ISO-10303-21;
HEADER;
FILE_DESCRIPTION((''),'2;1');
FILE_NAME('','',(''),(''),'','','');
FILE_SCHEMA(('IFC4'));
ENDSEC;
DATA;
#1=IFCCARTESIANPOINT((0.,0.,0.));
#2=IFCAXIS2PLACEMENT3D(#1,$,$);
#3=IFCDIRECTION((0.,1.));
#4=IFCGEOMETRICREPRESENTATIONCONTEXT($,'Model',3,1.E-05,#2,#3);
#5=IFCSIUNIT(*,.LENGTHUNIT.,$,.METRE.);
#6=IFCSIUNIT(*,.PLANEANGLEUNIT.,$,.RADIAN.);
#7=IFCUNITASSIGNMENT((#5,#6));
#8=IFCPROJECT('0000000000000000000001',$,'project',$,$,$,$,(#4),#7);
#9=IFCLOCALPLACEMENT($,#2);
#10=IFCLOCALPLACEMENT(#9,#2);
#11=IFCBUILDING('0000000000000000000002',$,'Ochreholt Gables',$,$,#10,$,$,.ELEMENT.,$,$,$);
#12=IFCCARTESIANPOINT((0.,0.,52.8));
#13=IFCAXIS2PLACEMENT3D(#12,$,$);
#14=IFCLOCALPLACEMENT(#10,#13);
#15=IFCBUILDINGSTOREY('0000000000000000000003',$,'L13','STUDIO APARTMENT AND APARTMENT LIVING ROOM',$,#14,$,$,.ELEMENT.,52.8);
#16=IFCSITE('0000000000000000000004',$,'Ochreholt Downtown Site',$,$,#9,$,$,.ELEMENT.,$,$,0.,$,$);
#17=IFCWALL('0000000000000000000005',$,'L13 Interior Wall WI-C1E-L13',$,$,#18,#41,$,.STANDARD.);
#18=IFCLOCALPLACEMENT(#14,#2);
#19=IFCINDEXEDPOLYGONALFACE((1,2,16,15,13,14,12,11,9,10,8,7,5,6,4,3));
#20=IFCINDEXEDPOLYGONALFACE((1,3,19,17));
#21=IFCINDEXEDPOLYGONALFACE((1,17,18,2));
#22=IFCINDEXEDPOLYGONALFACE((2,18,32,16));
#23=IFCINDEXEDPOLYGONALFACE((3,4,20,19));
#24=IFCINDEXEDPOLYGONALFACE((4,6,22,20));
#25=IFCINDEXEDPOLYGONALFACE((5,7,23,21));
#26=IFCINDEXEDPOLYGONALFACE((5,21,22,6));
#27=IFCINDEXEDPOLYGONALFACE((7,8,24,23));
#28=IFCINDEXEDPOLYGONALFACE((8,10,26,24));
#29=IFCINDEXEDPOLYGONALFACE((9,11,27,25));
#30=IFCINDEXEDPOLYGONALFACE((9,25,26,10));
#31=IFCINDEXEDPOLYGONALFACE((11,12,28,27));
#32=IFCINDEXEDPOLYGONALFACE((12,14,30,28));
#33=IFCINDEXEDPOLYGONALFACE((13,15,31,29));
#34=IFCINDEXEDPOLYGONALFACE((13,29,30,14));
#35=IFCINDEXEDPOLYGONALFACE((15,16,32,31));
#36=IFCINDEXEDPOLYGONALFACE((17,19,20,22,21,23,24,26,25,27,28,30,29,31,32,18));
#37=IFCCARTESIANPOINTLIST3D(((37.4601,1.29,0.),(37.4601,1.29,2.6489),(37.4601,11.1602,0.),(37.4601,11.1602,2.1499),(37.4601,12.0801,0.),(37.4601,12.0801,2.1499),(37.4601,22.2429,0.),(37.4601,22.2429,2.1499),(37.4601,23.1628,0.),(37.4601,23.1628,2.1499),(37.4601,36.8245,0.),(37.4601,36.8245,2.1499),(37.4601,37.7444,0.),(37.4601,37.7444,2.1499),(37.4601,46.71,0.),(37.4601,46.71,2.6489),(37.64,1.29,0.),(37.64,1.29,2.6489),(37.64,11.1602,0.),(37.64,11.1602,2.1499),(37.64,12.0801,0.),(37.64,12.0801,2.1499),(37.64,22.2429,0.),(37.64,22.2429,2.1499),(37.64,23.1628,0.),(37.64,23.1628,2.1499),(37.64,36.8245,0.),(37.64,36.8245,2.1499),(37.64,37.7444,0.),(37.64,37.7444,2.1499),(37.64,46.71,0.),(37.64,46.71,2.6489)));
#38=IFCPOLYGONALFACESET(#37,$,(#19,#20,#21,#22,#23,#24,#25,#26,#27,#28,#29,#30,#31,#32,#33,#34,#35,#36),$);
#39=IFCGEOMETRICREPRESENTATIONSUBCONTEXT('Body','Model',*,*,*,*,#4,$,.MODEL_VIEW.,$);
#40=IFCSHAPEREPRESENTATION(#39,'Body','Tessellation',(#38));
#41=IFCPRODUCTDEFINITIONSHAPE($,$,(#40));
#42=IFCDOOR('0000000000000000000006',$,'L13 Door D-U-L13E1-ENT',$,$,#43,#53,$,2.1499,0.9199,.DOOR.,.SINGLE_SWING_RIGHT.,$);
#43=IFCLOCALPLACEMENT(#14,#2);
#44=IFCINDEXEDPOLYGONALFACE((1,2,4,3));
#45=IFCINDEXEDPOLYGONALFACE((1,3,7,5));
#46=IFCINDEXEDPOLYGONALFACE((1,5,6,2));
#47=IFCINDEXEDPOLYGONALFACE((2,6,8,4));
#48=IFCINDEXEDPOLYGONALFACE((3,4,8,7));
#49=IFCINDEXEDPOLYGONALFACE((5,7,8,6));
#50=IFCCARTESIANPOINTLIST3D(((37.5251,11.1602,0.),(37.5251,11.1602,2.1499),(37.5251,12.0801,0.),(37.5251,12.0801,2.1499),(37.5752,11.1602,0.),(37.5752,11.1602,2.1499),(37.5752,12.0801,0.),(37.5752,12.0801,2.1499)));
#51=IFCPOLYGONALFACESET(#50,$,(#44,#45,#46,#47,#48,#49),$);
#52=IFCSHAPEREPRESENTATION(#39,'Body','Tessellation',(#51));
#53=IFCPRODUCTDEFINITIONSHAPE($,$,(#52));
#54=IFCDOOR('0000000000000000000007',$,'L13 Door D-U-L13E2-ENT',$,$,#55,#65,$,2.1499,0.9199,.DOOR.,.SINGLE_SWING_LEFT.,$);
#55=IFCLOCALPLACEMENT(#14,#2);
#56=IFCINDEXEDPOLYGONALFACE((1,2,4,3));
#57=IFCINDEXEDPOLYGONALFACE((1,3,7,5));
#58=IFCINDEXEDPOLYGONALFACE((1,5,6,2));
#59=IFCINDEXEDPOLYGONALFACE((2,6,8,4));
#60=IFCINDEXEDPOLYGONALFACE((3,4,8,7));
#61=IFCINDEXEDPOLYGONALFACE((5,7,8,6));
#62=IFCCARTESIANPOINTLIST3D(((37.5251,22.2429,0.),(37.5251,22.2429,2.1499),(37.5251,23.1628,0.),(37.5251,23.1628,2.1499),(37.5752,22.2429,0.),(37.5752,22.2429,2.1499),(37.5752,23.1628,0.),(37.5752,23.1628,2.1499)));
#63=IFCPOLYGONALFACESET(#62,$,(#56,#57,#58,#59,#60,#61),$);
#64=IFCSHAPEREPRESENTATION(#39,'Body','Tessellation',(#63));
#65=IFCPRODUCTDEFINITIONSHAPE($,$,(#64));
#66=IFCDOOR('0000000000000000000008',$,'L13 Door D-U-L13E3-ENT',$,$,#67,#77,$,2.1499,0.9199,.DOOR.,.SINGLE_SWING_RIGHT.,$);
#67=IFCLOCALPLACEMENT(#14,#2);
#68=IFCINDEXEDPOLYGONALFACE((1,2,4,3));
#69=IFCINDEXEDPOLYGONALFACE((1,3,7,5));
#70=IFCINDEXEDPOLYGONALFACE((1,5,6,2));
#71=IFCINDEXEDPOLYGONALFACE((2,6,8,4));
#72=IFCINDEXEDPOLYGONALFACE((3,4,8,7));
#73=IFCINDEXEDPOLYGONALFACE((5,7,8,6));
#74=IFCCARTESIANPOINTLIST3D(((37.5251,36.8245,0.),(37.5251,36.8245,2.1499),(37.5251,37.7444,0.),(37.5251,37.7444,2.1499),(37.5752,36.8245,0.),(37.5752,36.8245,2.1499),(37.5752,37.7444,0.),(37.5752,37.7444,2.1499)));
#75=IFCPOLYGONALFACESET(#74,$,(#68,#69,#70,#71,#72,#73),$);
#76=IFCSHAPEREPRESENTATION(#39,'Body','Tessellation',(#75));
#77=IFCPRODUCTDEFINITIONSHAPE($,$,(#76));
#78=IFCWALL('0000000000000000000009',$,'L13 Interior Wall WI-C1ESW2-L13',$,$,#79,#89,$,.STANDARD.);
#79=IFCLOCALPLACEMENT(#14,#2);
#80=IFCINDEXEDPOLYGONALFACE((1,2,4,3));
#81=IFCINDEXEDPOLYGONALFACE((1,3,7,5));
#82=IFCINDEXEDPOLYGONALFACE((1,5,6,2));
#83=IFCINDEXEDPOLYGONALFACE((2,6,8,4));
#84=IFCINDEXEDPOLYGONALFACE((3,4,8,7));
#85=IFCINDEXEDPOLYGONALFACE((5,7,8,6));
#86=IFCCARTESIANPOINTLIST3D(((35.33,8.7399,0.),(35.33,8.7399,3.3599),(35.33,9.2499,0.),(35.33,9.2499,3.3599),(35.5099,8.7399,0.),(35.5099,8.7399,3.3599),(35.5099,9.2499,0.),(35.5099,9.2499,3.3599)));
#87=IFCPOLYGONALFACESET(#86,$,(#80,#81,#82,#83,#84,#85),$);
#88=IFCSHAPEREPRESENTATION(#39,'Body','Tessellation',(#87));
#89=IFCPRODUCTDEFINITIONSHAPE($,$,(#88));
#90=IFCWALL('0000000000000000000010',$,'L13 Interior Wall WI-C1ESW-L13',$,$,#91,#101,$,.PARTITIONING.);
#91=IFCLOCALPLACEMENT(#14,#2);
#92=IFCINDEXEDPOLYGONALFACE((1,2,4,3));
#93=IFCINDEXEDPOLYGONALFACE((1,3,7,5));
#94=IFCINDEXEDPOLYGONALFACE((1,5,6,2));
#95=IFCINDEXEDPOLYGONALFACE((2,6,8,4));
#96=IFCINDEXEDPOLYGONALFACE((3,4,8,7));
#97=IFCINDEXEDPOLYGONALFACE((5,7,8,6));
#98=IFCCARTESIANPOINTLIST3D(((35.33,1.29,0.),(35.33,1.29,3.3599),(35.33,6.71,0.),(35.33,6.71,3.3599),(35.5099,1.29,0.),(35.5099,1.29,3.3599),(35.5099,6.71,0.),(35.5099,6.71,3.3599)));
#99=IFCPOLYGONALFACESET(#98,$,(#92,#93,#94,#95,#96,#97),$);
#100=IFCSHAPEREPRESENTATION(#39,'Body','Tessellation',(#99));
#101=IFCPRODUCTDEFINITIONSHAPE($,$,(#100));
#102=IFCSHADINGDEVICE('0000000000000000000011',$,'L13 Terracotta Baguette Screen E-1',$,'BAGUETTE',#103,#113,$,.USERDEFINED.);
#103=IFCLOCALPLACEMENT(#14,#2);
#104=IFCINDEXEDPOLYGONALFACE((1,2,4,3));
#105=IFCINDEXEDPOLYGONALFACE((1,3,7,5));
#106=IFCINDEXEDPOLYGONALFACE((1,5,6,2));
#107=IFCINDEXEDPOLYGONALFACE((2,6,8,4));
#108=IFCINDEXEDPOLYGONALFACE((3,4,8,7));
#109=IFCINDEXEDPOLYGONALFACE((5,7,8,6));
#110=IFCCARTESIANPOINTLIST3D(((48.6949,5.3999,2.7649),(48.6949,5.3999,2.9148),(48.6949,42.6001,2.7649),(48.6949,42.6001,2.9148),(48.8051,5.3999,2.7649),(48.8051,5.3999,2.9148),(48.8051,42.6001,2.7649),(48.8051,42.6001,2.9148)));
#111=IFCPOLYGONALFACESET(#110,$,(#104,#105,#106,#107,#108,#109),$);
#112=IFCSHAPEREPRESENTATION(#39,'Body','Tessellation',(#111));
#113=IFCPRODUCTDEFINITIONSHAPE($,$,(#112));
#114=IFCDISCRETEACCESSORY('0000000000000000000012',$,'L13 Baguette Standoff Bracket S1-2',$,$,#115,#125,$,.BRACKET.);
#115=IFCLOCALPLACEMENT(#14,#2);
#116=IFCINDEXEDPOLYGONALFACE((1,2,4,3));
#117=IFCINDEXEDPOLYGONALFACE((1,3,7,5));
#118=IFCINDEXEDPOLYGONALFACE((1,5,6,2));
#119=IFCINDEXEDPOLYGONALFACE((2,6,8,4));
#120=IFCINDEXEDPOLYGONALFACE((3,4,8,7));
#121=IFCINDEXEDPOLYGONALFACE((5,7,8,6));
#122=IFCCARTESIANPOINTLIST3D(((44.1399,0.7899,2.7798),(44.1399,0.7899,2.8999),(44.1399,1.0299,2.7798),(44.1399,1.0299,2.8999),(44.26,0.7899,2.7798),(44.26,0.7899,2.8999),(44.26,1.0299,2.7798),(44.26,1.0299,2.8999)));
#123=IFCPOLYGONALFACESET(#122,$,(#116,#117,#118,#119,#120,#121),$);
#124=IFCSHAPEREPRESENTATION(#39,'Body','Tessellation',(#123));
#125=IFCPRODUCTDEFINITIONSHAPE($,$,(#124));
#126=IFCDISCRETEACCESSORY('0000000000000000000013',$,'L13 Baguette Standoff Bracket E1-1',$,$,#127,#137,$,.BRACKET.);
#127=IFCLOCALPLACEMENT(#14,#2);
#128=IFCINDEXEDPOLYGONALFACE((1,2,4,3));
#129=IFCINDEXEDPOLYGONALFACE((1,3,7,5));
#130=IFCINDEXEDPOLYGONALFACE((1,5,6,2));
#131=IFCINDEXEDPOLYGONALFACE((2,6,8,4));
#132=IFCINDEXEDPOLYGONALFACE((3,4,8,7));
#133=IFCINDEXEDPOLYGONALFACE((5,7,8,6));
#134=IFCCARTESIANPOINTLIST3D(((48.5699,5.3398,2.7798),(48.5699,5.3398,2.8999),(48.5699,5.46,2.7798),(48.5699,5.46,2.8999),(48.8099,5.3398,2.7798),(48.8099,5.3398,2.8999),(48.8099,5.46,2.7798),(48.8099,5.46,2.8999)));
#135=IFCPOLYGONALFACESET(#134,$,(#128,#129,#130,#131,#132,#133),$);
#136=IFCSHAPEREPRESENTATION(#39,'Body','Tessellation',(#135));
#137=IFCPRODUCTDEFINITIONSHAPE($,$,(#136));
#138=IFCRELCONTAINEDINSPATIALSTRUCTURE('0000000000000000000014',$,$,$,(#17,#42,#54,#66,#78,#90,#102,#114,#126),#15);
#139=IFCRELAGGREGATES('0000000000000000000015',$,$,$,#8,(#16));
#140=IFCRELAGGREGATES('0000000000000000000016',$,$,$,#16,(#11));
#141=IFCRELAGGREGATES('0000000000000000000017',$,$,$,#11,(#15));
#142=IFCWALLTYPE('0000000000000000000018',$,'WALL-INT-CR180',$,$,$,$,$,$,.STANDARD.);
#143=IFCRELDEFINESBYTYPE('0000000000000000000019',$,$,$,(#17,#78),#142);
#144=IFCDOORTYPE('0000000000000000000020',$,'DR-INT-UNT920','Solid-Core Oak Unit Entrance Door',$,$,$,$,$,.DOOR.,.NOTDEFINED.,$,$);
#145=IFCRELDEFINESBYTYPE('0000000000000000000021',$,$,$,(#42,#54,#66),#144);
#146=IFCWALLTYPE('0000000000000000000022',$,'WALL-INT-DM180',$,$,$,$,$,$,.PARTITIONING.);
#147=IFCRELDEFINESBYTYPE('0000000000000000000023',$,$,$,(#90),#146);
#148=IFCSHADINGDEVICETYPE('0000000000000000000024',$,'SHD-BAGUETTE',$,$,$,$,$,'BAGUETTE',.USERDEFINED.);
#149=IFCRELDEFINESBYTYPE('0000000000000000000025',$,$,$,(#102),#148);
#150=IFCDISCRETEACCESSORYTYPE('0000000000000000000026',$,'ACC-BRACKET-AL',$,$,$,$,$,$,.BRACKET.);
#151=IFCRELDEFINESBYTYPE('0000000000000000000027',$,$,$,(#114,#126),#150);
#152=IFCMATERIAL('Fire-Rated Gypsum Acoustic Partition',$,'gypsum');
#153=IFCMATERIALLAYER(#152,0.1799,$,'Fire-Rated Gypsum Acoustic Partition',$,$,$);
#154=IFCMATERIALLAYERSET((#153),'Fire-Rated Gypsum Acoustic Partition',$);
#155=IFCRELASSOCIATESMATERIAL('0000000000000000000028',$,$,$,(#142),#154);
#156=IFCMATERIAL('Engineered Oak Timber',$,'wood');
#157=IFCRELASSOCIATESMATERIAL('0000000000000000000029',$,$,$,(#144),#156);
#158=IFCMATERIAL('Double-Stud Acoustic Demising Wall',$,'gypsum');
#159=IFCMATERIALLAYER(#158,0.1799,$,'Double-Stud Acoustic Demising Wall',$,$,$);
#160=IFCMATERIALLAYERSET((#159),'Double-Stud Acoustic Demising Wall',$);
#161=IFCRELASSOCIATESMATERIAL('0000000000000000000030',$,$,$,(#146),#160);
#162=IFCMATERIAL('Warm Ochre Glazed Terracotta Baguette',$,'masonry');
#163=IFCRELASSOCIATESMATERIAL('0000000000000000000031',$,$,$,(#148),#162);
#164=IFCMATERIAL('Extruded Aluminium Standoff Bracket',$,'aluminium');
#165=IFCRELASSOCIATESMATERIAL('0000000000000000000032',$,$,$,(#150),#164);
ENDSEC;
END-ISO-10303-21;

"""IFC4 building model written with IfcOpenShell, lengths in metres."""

from ifc_helpers import new_model, si_unit, direction, frame, frame_2d, origin, origin_2d, place, context, subcontext, project, spatial, rectangle, extrude, material, layer, layer_set, material_profile, profile_set, type_object, element, fill, save


model = new_model("IFC4")

# Units and contexts
model_context = context("Model", 3, precision=1e-05, world=origin(), true_north=direction((0.0, 1.0)))
body_context = subcontext(model_context, "Body", "Model", "MODEL_VIEW")
ifc_project = project(units=[si_unit("LENGTHUNIT", "METRE"), si_unit("PLANEANGLEUNIT", "RADIAN")], contexts=[model_context])

# Site, building, storey
site_placement = place(None, origin())
site = spatial("IfcSite", under=ifc_project, at=site_placement, Name="Ochreholt Downtown Site", CompositionType="ELEMENT", RefElevation=0.0)
building_placement = place(site_placement, origin())
building = spatial("IfcBuilding", under=site, at=building_placement, Name="Ochreholt Gables", CompositionType="ELEMENT")
storey_placement = place(building_placement, frame((0.0, 0.0, 52.8)))
storey = spatial("IfcBuildingStorey", under=building, at=storey_placement, Name="L13", Description="STUDIO APARTMENT AND APARTMENT LIVING ROOM", CompositionType="ELEMENT", Elevation=52.8)

# Wall, openings, doors
ifc_material_1 = material(Name="Fire-Rated Gypsum Acoustic Partition", Category="gypsum")
ifc_layer_1 = layer(ifc_material_1, 0.1799, Name="Fire-Rated Gypsum Acoustic Partition")
ifc_layer_set_1 = layer_set([ifc_layer_1], Name="Fire-Rated Gypsum Acoustic Partition")
wall_type_1 = type_object("IfcWallType", Name="WALL-INT-CR180", PredefinedType="STANDARD", material=ifc_layer_set_1)
wall_1_placement = place(storey_placement, frame((37.55, 1.29, 0.0), z_axis=(0.0, 0.0, 1.0), x_axis=(0.0, 1.0, 0.0)))
wall_1 = element("IfcWall", 1, at=wall_1_placement, inside=storey, type_object=wall_type_1, Name="L13 Interior Wall WI-C1E-L13", PredefinedType="STANDARD", context=body_context, shape_type="SweptSolid", body=[
    extrude(rectangle(XDim=45.4199, YDim=0.1799, at=frame_2d((22.71, 0.0))), origin(), (0.0, 0.0, 1.0), 2.6489),
])
opening_1_placement = place(wall_1_placement, frame((9.8701, 0.0, 0.0)))
opening_1 = element("IfcOpeningElement", 2, at=opening_1_placement, cuts=wall_1, PredefinedType="OPENING", context=body_context, shape_type="SweptSolid", body=[
    extrude(rectangle(XDim=0.9199, YDim=2.1499, at=frame_2d((0.46, 1.075))), frame((0.0, 0.0999, 0.0), z_axis=(0.0, -1.0, 0.0), x_axis=(1.0, 0.0, 0.0)), (0.0, 0.0, 1.0), 0.2),
])
opening_2_placement = place(wall_1_placement, frame((20.9529, 0.0, 0.0)))
opening_2 = element("IfcOpeningElement", 3, at=opening_2_placement, cuts=wall_1, PredefinedType="OPENING", context=body_context, shape_type="SweptSolid", body=[
    extrude(rectangle(XDim=0.9199, YDim=2.1499, at=frame_2d((0.46, 1.075))), frame((0.0, 0.0999, 0.0), z_axis=(0.0, -1.0, 0.0), x_axis=(1.0, 0.0, 0.0)), (0.0, 0.0, 1.0), 0.2),
])
opening_3_placement = place(wall_1_placement, frame((35.5344, 0.0, 0.0)))
opening_3 = element("IfcOpeningElement", 4, at=opening_3_placement, cuts=wall_1, PredefinedType="OPENING", context=body_context, shape_type="SweptSolid", body=[
    extrude(rectangle(XDim=0.9199, YDim=2.1499, at=frame_2d((0.46, 1.075))), frame((0.0, 0.0999, 0.0), z_axis=(0.0, -1.0, 0.0), x_axis=(1.0, 0.0, 0.0)), (0.0, 0.0, 1.0), 0.2),
])
ifc_material_2 = material(Name="Engineered Oak Timber", Category="wood")
door_type = type_object("IfcDoorType", Name="DR-INT-UNT920", Description="Solid-Core Oak Unit Entrance Door", OperationType="NOTDEFINED", PredefinedType="DOOR", material=ifc_material_2)
door_1_placement = place(opening_1_placement, origin())
door_1 = element("IfcDoor", 5, at=door_1_placement, inside=storey, type_object=door_type, Name="L13 Door D-U-L13E1-ENT", OperationType="SINGLE_SWING_RIGHT", OverallHeight=2.1499, OverallWidth=0.9199, PredefinedType="DOOR", context=body_context, shape_type="SweptSolid", body=[
    extrude(rectangle(XDim=0.9199, YDim=2.1499, at=frame_2d((0.46, 1.075))), frame((0.0, 0.0249, 0.0), z_axis=(0.0, -1.0, 0.0), x_axis=(1.0, 0.0, 0.0)), (0.0, 0.0, 1.0), 0.05),
])
fill(opening_1, door_1)
door_2_placement = place(opening_2_placement, origin())
door_2 = element("IfcDoor", 6, at=door_2_placement, inside=storey, type_object=door_type, Name="L13 Door D-U-L13E2-ENT", OperationType="SINGLE_SWING_LEFT", OverallHeight=2.1499, OverallWidth=0.9199, PredefinedType="DOOR", context=body_context, shape_type="SweptSolid", body=[
    extrude(rectangle(XDim=0.9199, YDim=2.1499, at=frame_2d((0.46, 1.075))), frame((0.0, 0.0249, 0.0), z_axis=(0.0, -1.0, 0.0), x_axis=(1.0, 0.0, 0.0)), (0.0, 0.0, 1.0), 0.05),
])
fill(opening_2, door_2)
door_3_placement = place(opening_3_placement, origin())
door_3 = element("IfcDoor", 7, at=door_3_placement, inside=storey, type_object=door_type, Name="L13 Door D-U-L13E3-ENT", OperationType="SINGLE_SWING_RIGHT", OverallHeight=2.1499, OverallWidth=0.9199, PredefinedType="DOOR", context=body_context, shape_type="SweptSolid", body=[
    extrude(rectangle(XDim=0.9199, YDim=2.1499, at=frame_2d((0.46, 1.075))), frame((0.0, 0.0249, 0.0), z_axis=(0.0, -1.0, 0.0), x_axis=(1.0, 0.0, 0.0)), (0.0, 0.0, 1.0), 0.05),
])
fill(opening_3, door_3)

# Walls
wall_2_placement = place(storey_placement, frame((35.4199, 8.74, 0.0), z_axis=(0.0, 0.0, 1.0), x_axis=(0.0, 1.0, 0.0)))
element("IfcWall", 8, at=wall_2_placement, inside=storey, type_object=wall_type_1, Name="L13 Interior Wall WI-C1ESW2-L13", PredefinedType="STANDARD", context=body_context, shape_type="SweptSolid", body=[
    extrude(rectangle(XDim=0.51, YDim=0.1799, at=frame_2d((0.2549, 0.0))), origin(), (0.0, 0.0, 1.0), 3.3599),
])
ifc_material_3 = material(Name="Double-Stud Acoustic Demising Wall", Category="gypsum")
ifc_layer_2 = layer(ifc_material_3, 0.1799, Name="Double-Stud Acoustic Demising Wall")
ifc_layer_set_2 = layer_set([ifc_layer_2], Name="Double-Stud Acoustic Demising Wall")
wall_type_2 = type_object("IfcWallType", Name="WALL-INT-DM180", PredefinedType="PARTITIONING", material=ifc_layer_set_2)
wall_3_placement = place(storey_placement, frame((35.4199, 1.29, 0.0), z_axis=(0.0, 0.0, 1.0), x_axis=(0.0, 1.0, 0.0)))
element("IfcWall", 9, at=wall_3_placement, inside=storey, type_object=wall_type_2, Name="L13 Interior Wall WI-C1ESW-L13", PredefinedType="PARTITIONING", context=body_context, shape_type="SweptSolid", body=[
    extrude(rectangle(XDim=5.4199, YDim=0.1799, at=frame_2d((2.71, 0.0))), origin(), (0.0, 0.0, 1.0), 3.3599),
])

# Shading device
ifc_material_4 = material(Name="Warm Ochre Glazed Terracotta Baguette", Category="masonry")
ifc_material_profile_1 = material_profile(ifc_material_4, rectangle(XDim=0.1101, YDim=0.1499, at=origin_2d()), Name="TCBAG110X150")
ifc_profile_set_1 = profile_set([ifc_material_profile_1], Name="Warm Ochre Glazed Terracotta Baguette")
shading_device_type = type_object("IfcShadingDeviceType", Name="SHD-BAGUETTE", ElementType="BAGUETTE", PredefinedType="USERDEFINED", material=ifc_profile_set_1)
shading_device_placement = place(storey_placement, frame((48.75, 5.3999, 2.8398), z_axis=(0.0, 1.0, 0.0), x_axis=(-1.0, 0.0, 0.0)))
element("IfcShadingDevice", 10, at=shading_device_placement, inside=storey, type_object=shading_device_type, Name="L13 Terracotta Baguette Screen E-1", ObjectType="BAGUETTE", PredefinedType="USERDEFINED", context=body_context, shape_type="SweptSolid", body=[
    extrude(rectangle(XDim=0.1101, YDim=0.1499, at=origin_2d()), origin(), (0.0, 0.0, 1.0), 37.2002),
])

# Discrete accessories
ifc_material_5 = material(Name="Extruded Aluminium Standoff Bracket", Category="aluminium")
discrete_accessory_type = type_object("IfcDiscreteAccessoryType", Name="ACC-BRACKET-AL", PredefinedType="BRACKET", material=ifc_material_5)
for number, where, z_axis, x_axis, name in (
    (11, (44.2, 0.9099, 2.7798), (0.0, 0.0, 1.0), (1.0, 0.0, 0.0), "L13 Baguette Standoff Bracket S1-2"),
    (12, (48.6899, 5.3999, 2.7798), (0.0, 0.0, 1.0), (0.0, 1.0, 0.0), "L13 Baguette Standoff Bracket E1-1"),
):
    element("IfcDiscreteAccessory", number, at=place(storey_placement, frame(where, z_axis=z_axis, x_axis=x_axis)), inside=storey, type_object=discrete_accessory_type, Name=name, PredefinedType="BRACKET", context=body_context, shape_type="SweptSolid", body=[
        extrude(rectangle(XDim=0.1201, YDim=0.24, at=origin_2d()), origin(), (0.0, 0.0, 1.0), 0.1201),
    ])

save(model, "model.ifc")
